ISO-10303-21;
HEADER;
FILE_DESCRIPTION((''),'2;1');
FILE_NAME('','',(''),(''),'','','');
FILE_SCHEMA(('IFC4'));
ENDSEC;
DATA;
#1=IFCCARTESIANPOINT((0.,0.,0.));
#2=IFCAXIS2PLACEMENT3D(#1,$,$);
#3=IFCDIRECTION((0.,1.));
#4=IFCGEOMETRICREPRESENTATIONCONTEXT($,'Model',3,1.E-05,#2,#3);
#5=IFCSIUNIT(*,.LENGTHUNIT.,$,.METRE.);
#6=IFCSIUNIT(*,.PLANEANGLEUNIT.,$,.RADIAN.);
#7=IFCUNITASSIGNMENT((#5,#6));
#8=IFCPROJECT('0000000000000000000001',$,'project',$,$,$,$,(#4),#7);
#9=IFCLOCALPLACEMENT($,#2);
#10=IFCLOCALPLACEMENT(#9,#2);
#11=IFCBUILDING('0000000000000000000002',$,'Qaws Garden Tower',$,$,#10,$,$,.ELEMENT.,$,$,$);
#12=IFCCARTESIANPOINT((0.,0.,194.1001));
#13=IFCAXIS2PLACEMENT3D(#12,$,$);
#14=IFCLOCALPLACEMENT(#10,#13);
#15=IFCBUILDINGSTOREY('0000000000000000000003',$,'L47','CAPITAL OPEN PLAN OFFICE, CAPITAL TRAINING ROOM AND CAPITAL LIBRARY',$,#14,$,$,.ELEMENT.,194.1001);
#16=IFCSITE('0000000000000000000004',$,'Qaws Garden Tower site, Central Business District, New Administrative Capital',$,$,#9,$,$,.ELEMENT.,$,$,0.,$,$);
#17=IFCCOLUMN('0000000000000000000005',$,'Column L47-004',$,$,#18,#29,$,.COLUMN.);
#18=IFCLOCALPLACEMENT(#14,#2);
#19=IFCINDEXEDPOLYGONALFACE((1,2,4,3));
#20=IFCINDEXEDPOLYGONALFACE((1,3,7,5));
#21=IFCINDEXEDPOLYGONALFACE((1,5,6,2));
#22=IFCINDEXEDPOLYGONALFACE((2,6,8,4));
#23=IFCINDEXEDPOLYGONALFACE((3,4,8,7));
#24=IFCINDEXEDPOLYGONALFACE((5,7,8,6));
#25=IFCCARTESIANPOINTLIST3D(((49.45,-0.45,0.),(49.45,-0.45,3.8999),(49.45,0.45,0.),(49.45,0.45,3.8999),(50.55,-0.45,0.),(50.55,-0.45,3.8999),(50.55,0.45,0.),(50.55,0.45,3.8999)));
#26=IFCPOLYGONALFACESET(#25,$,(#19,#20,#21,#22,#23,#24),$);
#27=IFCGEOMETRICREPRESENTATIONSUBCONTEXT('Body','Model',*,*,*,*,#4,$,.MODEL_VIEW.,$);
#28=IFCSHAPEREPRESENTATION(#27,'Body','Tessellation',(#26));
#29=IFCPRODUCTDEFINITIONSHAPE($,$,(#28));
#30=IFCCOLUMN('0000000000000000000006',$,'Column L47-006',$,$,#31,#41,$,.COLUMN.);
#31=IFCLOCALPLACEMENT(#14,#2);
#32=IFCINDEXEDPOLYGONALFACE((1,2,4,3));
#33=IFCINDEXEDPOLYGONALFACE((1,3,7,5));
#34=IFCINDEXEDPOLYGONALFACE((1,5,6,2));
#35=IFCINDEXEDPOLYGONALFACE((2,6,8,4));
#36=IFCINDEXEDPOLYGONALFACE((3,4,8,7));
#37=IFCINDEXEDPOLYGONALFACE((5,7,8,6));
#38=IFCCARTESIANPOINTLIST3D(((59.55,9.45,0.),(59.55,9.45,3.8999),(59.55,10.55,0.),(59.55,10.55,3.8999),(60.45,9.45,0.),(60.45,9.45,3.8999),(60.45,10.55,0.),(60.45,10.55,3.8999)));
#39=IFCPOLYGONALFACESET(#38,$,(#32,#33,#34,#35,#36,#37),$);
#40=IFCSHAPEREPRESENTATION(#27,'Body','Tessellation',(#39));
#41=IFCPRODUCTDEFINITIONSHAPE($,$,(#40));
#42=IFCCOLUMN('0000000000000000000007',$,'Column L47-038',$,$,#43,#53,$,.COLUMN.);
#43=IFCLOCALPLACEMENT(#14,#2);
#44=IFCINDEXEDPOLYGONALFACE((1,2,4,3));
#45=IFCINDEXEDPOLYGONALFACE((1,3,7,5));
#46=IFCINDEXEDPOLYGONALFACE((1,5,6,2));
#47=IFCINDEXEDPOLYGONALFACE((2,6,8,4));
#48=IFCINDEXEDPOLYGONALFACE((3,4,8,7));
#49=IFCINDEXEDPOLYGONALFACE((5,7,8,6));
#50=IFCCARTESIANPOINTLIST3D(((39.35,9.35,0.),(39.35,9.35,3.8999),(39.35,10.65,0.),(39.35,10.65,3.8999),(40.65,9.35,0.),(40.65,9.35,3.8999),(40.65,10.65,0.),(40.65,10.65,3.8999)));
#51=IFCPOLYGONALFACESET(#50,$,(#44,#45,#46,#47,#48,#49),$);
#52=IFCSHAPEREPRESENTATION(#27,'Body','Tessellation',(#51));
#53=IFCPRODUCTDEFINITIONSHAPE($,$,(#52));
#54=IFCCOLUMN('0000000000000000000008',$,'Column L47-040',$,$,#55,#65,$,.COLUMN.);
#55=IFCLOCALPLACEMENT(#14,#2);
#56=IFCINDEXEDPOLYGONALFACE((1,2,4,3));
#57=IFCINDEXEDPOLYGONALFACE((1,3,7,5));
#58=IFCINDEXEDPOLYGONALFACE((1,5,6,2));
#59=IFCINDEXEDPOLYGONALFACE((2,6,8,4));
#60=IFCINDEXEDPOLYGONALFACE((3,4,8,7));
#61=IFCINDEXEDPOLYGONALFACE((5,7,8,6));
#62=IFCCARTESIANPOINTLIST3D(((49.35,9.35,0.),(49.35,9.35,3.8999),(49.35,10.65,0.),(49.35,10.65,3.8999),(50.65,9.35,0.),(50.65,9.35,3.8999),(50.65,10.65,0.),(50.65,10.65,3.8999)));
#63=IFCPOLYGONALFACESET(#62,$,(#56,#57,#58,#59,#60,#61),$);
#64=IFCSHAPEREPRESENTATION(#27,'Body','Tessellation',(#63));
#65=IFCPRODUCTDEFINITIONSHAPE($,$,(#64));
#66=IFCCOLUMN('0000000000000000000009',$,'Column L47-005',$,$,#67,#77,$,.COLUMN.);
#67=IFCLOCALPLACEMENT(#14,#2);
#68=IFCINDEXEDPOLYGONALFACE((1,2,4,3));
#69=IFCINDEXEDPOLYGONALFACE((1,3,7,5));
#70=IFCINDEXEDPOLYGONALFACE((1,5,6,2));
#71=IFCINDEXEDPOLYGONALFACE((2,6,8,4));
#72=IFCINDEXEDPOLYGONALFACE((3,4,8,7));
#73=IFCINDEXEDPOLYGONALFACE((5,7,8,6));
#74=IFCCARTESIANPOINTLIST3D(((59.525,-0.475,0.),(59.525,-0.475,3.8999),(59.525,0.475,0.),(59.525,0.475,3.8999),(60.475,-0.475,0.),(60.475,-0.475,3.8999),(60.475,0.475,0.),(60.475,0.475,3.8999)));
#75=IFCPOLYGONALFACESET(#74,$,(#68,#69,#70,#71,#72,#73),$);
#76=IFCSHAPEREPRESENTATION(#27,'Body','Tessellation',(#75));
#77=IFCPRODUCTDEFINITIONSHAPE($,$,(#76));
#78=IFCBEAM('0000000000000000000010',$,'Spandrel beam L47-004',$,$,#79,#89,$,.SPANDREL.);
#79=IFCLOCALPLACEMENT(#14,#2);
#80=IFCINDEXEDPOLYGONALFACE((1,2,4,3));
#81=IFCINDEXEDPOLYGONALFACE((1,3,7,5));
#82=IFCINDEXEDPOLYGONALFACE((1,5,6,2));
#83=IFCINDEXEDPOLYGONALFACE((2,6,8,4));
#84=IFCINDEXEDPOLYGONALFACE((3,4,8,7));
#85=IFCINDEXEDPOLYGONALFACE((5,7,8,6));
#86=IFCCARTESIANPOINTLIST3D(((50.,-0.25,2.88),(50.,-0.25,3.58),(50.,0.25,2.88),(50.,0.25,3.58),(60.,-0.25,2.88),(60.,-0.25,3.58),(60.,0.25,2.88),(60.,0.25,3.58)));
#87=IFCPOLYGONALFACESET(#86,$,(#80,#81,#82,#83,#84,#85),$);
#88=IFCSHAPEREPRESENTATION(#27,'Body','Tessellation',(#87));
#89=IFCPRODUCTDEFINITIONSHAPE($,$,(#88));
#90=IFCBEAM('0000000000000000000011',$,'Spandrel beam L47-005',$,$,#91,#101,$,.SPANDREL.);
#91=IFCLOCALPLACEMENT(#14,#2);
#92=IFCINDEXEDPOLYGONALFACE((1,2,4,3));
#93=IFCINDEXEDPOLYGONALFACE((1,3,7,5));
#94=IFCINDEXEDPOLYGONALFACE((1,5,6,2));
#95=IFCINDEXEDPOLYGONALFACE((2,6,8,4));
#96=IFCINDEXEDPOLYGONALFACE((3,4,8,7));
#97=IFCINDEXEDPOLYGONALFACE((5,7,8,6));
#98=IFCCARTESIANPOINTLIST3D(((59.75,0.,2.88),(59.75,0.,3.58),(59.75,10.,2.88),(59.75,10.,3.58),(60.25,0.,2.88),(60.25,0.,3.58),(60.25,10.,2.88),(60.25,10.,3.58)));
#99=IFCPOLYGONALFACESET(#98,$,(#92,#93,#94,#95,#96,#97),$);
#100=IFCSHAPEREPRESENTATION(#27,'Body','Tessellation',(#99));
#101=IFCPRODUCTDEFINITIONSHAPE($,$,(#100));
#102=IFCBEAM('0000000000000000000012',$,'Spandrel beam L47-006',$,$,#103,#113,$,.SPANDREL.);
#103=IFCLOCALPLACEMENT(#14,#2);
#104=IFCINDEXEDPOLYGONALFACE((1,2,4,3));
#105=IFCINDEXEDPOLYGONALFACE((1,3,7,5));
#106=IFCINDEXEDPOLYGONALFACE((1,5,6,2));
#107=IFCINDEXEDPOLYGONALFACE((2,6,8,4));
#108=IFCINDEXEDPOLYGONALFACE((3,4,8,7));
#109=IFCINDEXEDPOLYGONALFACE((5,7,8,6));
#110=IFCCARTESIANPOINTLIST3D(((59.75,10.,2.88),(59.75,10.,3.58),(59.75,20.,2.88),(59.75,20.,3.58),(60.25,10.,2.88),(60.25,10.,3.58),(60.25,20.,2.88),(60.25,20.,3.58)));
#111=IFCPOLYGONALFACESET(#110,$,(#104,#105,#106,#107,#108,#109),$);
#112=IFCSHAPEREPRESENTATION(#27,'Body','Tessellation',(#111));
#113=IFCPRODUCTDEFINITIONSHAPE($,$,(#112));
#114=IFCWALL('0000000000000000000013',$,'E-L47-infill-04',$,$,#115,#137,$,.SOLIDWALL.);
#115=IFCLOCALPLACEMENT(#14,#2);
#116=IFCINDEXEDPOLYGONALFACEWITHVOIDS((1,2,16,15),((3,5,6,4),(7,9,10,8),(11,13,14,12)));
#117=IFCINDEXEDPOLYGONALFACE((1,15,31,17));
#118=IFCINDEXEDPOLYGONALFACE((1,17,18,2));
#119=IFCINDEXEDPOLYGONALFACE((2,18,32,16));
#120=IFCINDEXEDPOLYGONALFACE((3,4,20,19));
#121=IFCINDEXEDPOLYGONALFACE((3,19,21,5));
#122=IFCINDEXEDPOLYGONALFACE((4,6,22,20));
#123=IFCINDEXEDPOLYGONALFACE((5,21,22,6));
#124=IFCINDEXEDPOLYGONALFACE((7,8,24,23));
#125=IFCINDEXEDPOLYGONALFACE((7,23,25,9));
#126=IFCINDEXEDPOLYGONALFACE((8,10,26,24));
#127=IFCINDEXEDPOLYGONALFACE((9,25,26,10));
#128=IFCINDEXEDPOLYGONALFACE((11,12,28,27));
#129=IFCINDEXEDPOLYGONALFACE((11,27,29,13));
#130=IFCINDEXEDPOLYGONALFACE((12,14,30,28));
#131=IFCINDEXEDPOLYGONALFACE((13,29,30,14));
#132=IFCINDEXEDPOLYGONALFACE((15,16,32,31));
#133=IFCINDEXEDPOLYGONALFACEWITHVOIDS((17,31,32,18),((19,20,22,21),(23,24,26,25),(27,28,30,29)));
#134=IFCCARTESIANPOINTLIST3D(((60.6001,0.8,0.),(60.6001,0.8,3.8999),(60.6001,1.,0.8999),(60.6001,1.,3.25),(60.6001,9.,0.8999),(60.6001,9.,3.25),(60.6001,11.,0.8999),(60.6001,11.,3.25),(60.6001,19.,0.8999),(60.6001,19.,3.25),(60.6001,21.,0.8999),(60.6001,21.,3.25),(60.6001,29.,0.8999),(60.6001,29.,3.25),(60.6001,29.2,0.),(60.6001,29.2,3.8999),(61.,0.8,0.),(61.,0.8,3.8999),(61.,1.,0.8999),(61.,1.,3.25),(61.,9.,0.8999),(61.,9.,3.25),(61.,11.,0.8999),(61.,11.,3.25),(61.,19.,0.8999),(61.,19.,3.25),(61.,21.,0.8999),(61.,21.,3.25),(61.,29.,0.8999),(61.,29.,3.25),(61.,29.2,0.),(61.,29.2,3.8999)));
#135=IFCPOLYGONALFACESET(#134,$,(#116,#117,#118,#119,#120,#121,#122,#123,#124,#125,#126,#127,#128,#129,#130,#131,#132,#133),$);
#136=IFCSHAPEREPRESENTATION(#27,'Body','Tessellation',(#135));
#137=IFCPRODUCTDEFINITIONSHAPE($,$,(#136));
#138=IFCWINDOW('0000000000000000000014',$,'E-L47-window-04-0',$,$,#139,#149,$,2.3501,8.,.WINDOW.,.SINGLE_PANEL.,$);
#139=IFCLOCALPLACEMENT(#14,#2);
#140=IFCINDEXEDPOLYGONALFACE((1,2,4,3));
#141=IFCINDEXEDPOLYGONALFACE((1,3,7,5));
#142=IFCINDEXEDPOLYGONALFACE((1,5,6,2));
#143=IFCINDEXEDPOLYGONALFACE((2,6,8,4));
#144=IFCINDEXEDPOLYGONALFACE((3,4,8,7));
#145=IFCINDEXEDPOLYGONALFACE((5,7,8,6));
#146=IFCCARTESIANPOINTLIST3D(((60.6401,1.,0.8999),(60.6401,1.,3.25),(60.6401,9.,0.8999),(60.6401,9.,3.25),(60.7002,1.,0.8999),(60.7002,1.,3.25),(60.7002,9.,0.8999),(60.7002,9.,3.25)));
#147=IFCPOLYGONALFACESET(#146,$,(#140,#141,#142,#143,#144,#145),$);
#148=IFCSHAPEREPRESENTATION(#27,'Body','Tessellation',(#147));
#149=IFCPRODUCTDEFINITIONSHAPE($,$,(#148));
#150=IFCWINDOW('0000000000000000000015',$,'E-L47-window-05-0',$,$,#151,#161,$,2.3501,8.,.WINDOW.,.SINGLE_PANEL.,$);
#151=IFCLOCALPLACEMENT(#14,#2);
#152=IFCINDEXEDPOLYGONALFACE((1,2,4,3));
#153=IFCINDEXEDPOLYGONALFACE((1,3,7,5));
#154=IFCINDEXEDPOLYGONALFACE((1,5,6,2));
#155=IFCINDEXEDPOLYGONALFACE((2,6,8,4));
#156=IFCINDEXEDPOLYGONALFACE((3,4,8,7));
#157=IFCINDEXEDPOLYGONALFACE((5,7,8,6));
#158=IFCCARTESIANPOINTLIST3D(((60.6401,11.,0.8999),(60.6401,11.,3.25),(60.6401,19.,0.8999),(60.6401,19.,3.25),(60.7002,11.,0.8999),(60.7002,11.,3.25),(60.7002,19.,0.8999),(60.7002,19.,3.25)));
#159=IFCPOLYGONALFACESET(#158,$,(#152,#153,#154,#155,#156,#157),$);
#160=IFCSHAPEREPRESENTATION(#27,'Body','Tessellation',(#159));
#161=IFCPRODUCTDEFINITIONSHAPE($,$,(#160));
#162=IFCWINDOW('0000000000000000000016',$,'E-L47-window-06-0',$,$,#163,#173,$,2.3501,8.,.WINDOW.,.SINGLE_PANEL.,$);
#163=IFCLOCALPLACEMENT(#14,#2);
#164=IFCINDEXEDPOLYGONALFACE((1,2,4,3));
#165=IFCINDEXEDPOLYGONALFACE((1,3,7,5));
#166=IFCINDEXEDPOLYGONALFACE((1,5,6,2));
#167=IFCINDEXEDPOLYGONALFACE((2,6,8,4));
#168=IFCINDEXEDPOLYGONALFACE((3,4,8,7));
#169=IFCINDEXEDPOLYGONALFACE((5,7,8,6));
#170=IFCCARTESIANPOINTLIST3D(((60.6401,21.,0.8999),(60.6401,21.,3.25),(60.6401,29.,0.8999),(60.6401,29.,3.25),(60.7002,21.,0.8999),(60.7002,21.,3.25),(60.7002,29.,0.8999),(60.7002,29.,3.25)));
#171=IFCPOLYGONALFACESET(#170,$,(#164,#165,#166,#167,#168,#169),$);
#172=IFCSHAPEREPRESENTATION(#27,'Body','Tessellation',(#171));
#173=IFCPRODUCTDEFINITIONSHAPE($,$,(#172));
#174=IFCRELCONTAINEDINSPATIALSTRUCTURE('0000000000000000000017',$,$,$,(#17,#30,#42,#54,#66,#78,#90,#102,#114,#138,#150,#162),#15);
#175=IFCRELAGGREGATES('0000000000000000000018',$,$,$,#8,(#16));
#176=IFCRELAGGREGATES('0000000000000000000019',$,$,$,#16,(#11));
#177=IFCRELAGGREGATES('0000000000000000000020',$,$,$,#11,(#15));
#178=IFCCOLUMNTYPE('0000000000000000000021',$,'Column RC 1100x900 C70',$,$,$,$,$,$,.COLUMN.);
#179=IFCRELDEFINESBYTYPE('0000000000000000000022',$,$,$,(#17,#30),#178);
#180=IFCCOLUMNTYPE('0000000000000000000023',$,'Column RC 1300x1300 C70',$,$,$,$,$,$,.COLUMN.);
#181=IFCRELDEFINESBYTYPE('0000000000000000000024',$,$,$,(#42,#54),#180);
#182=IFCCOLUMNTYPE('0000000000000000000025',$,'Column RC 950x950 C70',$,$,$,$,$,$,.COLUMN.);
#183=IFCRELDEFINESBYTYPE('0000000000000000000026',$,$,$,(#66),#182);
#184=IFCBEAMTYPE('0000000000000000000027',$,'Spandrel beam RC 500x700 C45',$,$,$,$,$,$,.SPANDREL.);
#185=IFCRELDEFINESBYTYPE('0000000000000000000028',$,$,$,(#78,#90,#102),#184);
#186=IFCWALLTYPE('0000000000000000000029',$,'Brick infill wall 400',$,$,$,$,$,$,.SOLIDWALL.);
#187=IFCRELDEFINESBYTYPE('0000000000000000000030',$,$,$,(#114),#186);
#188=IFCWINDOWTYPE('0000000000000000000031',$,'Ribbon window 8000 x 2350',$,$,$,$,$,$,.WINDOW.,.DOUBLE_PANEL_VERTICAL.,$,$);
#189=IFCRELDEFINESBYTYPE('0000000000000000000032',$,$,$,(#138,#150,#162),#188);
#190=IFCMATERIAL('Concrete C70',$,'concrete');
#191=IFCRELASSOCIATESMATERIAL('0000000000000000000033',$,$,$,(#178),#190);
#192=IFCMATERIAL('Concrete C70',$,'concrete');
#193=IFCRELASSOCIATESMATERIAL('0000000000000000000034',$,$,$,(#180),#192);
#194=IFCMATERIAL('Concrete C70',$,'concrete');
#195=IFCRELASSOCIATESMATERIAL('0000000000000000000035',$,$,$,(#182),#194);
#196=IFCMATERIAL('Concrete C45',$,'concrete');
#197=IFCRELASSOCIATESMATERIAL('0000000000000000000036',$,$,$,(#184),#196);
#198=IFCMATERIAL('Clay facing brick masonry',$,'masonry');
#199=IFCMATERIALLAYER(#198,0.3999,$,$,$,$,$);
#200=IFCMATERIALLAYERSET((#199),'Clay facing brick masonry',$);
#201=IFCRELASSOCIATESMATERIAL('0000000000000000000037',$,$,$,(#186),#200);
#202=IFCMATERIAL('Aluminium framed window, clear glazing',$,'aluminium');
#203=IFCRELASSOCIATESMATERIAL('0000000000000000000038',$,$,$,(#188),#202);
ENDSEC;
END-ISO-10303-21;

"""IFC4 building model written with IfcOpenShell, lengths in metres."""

from ifc_helpers import new_model, si_unit, direction, frame, frame_2d, origin, origin_2d, place, context, subcontext, project, spatial, rectangle, extrude, material, layer, layer_set, material_profile, profile_set, type_object, element, fill, save


model = new_model("IFC4")

# Units and contexts
model_context = context("Model", 3, precision=1e-05, world=origin(), true_north=direction((0.0, 1.0)))
body_context = subcontext(model_context, "Body", "Model", "MODEL_VIEW")
ifc_project = project(units=[si_unit("LENGTHUNIT", "METRE"), si_unit("PLANEANGLEUNIT", "RADIAN")], contexts=[model_context])

# Site, building, storey
site_placement = place(None, origin())
site = spatial("IfcSite", under=ifc_project, at=site_placement, Name="Qaws Garden Tower site, Central Business District, New Administrative Capital", CompositionType="ELEMENT", RefElevation=0.0)
building_placement = place(site_placement, origin())
building = spatial("IfcBuilding", under=site, at=building_placement, Name="Qaws Garden Tower", CompositionType="ELEMENT")
storey_placement = place(building_placement, frame((0.0, 0.0, 194.1001)))
storey = spatial("IfcBuildingStorey", under=building, at=storey_placement, Name="L47", Description="CAPITAL OPEN PLAN OFFICE, CAPITAL TRAINING ROOM AND CAPITAL LIBRARY", CompositionType="ELEMENT", Elevation=194.1001)

# Columns
ifc_material_1 = material(Name="Concrete C70", Category="concrete")
ifc_material_profile_1 = material_profile(ifc_material_1, rectangle(XDim=1.1001, YDim=0.8999, at=origin_2d()), Name="RC 1100x900")
ifc_profile_set_1 = profile_set([ifc_material_profile_1], Name="Concrete C70")
column_type_1 = type_object("IfcColumnType", Name="Column RC 1100x900 C70", PredefinedType="COLUMN", material=ifc_profile_set_1)
for number, where, z_axis, x_axis, name in (
    (1, (50.0, 0.0, 0.0), (0.0, 0.0, 1.0), (1.0, 0.0, 0.0), "Column L47-004"),
    (2, (60.0, 10.0, 0.0), (0.0, 0.0, 1.0), (0.0, 1.0, 0.0), "Column L47-006"),
):
    element("IfcColumn", number, at=place(storey_placement, frame(where, z_axis=z_axis, x_axis=x_axis)), inside=storey, type_object=column_type_1, Name=name, PredefinedType="COLUMN", context=body_context, shape_type="SweptSolid", body=[
        extrude(rectangle(XDim=1.1001, YDim=0.8999, at=origin_2d()), origin(), (0.0, 0.0, 1.0), 3.8999),
    ])
ifc_material_2 = material(Name="Concrete C70", Category="concrete")
ifc_material_profile_2 = material_profile(ifc_material_2, rectangle(XDim=1.3, YDim=1.3, at=origin_2d()), Name="RC 1300x1300")
ifc_profile_set_2 = profile_set([ifc_material_profile_2], Name="Concrete C70")
column_type_2 = type_object("IfcColumnType", Name="Column RC 1300x1300 C70", PredefinedType="COLUMN", material=ifc_profile_set_2)
for number, where, z_axis, x_axis, name in (
    (3, (40.0, 10.0, 0.0), (0.0, 0.0, 1.0), (1.0, 0.0, 0.0), "Column L47-038"),
    (4, (50.0, 10.0, 0.0), (0.0, 0.0, 1.0), (1.0, 0.0, 0.0), "Column L47-040"),
):
    element("IfcColumn", number, at=place(storey_placement, frame(where, z_axis=z_axis, x_axis=x_axis)), inside=storey, type_object=column_type_2, Name=name, PredefinedType="COLUMN", context=body_context, shape_type="SweptSolid", body=[
        extrude(rectangle(XDim=1.3, YDim=1.3, at=origin_2d()), origin(), (0.0, 0.0, 1.0), 3.8999),
    ])
ifc_material_3 = material(Name="Concrete C70", Category="concrete")
ifc_material_profile_3 = material_profile(ifc_material_3, rectangle(XDim=0.95, YDim=0.95, at=origin_2d()), Name="RC 950x950")
ifc_profile_set_3 = profile_set([ifc_material_profile_3], Name="Concrete C70")
column_type_3 = type_object("IfcColumnType", Name="Column RC 950x950 C70", PredefinedType="COLUMN", material=ifc_profile_set_3)
column_placement = place(storey_placement, frame((60.0, 0.0, 0.0), z_axis=(0.0, 0.0, 1.0), x_axis=(1.0, 0.0, 0.0)))
element("IfcColumn", 5, at=column_placement, inside=storey, type_object=column_type_3, Name="Column L47-005", PredefinedType="COLUMN", context=body_context, shape_type="SweptSolid", body=[
    extrude(rectangle(XDim=0.95, YDim=0.95, at=origin_2d()), origin(), (0.0, 0.0, 1.0), 3.8999),
])

# Beams
ifc_material_4 = material(Name="Concrete C45", Category="concrete")
ifc_material_profile_4 = material_profile(ifc_material_4, rectangle(XDim=0.5, YDim=0.7, at=origin_2d()), Name="RC 500x700")
ifc_profile_set_4 = profile_set([ifc_material_profile_4], Name="Concrete C45")
beam_type = type_object("IfcBeamType", Name="Spandrel beam RC 500x700 C45", PredefinedType="SPANDREL", material=ifc_profile_set_4)
for number, where, z_axis, x_axis, name in (
    (6, (50.0, 0.0, 3.23), (1.0, 0.0, 0.0), (0.0, 1.0, 0.0), "Spandrel beam L47-004"),
    (7, (60.0, 0.0, 3.23), (0.0, 1.0, 0.0), (-1.0, 0.0, 0.0), "Spandrel beam L47-005"),
    (8, (60.0, 10.0, 3.23), (0.0, 1.0, 0.0), (-1.0, 0.0, 0.0), "Spandrel beam L47-006"),
):
    element("IfcBeam", number, at=place(storey_placement, frame(where, z_axis=z_axis, x_axis=x_axis)), inside=storey, type_object=beam_type, Name=name, PredefinedType="SPANDREL", context=body_context, shape_type="SweptSolid", body=[
        extrude(rectangle(XDim=0.5, YDim=0.7, at=origin_2d()), origin(), (0.0, 0.0, 1.0), 10.0),
    ])

# Wall, openings, windows
ifc_material_5 = material(Name="Clay facing brick masonry", Category="masonry")
ifc_layer_1 = layer(ifc_material_5, 0.3999)
ifc_layer_set_1 = layer_set([ifc_layer_1], Name="Clay facing brick masonry")
wall_type_1 = type_object("IfcWallType", Name="Brick infill wall 400", PredefinedType="SOLIDWALL", material=ifc_layer_set_1)
wall_1_placement = place(storey_placement, frame((60.8, 0.8, 0.0), z_axis=(0.0, 0.0, 1.0), x_axis=(0.0, 1.0, 0.0)))
wall_1 = element("IfcWall", 9, at=wall_1_placement, inside=storey, type_object=wall_type_1, Name="E-L47-infill-04", PredefinedType="SOLIDWALL", context=body_context, shape_type="SweptSolid", body=[
    extrude(rectangle(XDim=28.3999, YDim=0.3999, at=frame_2d((14.2, 0.0))), origin(), (0.0, 0.0, 1.0), 3.8999),
])
opening_1_placement = place(wall_1_placement, frame((0.2, 0.0, 0.8999)))
opening_1 = element("IfcOpeningElement", 10, at=opening_1_placement, cuts=wall_1, PredefinedType="OPENING", context=body_context, shape_type="SweptSolid", body=[
    extrude(rectangle(XDim=8.0, YDim=2.3501, at=frame_2d((4.0, 1.175))), frame((0.0, 0.21, 0.0), z_axis=(0.0, -1.0, 0.0), x_axis=(1.0, 0.0, 0.0)), (0.0, 0.0, 1.0), 0.4199),
])
opening_2_placement = place(wall_1_placement, frame((10.2, 0.0, 0.8999)))
opening_2 = element("IfcOpeningElement", 11, at=opening_2_placement, cuts=wall_1, PredefinedType="OPENING", context=body_context, shape_type="SweptSolid", body=[
    extrude(rectangle(XDim=8.0, YDim=2.3501, at=frame_2d((4.0, 1.175))), frame((0.0, 0.21, 0.0), z_axis=(0.0, -1.0, 0.0), x_axis=(1.0, 0.0, 0.0)), (0.0, 0.0, 1.0), 0.4199),
])
opening_3_placement = place(wall_1_placement, frame((20.2, 0.0, 0.8999)))
opening_3 = element("IfcOpeningElement", 12, at=opening_3_placement, cuts=wall_1, PredefinedType="OPENING", context=body_context, shape_type="SweptSolid", body=[
    extrude(rectangle(XDim=8.0, YDim=2.3501, at=frame_2d((4.0, 1.175))), frame((0.0, 0.21, 0.0), z_axis=(0.0, -1.0, 0.0), x_axis=(1.0, 0.0, 0.0)), (0.0, 0.0, 1.0), 0.4199),
])
ifc_material_6 = material(Name="Aluminium framed window, clear glazing", Category="aluminium")
window_type = type_object("IfcWindowType", Name="Ribbon window 8000 x 2350", PartitioningType="DOUBLE_PANEL_VERTICAL", PredefinedType="WINDOW", material=ifc_material_6)
window_1_placement = place(opening_1_placement, origin())
window_1 = element("IfcWindow", 13, at=window_1_placement, inside=storey, type_object=window_type, Name="E-L47-window-04-0", OverallHeight=2.3501, OverallWidth=8.0, PartitioningType="SINGLE_PANEL", PredefinedType="WINDOW", context=body_context, shape_type="SweptSolid", body=[
    extrude(rectangle(XDim=8.0, YDim=2.3501, at=frame_2d((4.0, 1.175))), frame((0.0, 0.1599, 0.0), z_axis=(0.0, -1.0, 0.0), x_axis=(1.0, 0.0, 0.0)), (0.0, 0.0, 1.0), 0.0601),
])
fill(opening_1, window_1)
window_2_placement = place(opening_2_placement, origin())
window_2 = element("IfcWindow", 14, at=window_2_placement, inside=storey, type_object=window_type, Name="E-L47-window-05-0", OverallHeight=2.3501, OverallWidth=8.0, PartitioningType="SINGLE_PANEL", PredefinedType="WINDOW", context=body_context, shape_type="SweptSolid", body=[
    extrude(rectangle(XDim=8.0, YDim=2.3501, at=frame_2d((4.0, 1.175))), frame((0.0, 0.1599, 0.0), z_axis=(0.0, -1.0, 0.0), x_axis=(1.0, 0.0, 0.0)), (0.0, 0.0, 1.0), 0.0601),
])
fill(opening_2, window_2)
window_3_placement = place(opening_3_placement, origin())
window_3 = element("IfcWindow", 15, at=window_3_placement, inside=storey, type_object=window_type, Name="E-L47-window-06-0", OverallHeight=2.3501, OverallWidth=8.0, PartitioningType="SINGLE_PANEL", PredefinedType="WINDOW", context=body_context, shape_type="SweptSolid", body=[
    extrude(rectangle(XDim=8.0, YDim=2.3501, at=frame_2d((4.0, 1.175))), frame((0.0, 0.1599, 0.0), z_axis=(0.0, -1.0, 0.0), x_axis=(1.0, 0.0, 0.0)), (0.0, 0.0, 1.0), 0.0601),
])
fill(opening_3, window_3)

save(model, "model.ifc")
